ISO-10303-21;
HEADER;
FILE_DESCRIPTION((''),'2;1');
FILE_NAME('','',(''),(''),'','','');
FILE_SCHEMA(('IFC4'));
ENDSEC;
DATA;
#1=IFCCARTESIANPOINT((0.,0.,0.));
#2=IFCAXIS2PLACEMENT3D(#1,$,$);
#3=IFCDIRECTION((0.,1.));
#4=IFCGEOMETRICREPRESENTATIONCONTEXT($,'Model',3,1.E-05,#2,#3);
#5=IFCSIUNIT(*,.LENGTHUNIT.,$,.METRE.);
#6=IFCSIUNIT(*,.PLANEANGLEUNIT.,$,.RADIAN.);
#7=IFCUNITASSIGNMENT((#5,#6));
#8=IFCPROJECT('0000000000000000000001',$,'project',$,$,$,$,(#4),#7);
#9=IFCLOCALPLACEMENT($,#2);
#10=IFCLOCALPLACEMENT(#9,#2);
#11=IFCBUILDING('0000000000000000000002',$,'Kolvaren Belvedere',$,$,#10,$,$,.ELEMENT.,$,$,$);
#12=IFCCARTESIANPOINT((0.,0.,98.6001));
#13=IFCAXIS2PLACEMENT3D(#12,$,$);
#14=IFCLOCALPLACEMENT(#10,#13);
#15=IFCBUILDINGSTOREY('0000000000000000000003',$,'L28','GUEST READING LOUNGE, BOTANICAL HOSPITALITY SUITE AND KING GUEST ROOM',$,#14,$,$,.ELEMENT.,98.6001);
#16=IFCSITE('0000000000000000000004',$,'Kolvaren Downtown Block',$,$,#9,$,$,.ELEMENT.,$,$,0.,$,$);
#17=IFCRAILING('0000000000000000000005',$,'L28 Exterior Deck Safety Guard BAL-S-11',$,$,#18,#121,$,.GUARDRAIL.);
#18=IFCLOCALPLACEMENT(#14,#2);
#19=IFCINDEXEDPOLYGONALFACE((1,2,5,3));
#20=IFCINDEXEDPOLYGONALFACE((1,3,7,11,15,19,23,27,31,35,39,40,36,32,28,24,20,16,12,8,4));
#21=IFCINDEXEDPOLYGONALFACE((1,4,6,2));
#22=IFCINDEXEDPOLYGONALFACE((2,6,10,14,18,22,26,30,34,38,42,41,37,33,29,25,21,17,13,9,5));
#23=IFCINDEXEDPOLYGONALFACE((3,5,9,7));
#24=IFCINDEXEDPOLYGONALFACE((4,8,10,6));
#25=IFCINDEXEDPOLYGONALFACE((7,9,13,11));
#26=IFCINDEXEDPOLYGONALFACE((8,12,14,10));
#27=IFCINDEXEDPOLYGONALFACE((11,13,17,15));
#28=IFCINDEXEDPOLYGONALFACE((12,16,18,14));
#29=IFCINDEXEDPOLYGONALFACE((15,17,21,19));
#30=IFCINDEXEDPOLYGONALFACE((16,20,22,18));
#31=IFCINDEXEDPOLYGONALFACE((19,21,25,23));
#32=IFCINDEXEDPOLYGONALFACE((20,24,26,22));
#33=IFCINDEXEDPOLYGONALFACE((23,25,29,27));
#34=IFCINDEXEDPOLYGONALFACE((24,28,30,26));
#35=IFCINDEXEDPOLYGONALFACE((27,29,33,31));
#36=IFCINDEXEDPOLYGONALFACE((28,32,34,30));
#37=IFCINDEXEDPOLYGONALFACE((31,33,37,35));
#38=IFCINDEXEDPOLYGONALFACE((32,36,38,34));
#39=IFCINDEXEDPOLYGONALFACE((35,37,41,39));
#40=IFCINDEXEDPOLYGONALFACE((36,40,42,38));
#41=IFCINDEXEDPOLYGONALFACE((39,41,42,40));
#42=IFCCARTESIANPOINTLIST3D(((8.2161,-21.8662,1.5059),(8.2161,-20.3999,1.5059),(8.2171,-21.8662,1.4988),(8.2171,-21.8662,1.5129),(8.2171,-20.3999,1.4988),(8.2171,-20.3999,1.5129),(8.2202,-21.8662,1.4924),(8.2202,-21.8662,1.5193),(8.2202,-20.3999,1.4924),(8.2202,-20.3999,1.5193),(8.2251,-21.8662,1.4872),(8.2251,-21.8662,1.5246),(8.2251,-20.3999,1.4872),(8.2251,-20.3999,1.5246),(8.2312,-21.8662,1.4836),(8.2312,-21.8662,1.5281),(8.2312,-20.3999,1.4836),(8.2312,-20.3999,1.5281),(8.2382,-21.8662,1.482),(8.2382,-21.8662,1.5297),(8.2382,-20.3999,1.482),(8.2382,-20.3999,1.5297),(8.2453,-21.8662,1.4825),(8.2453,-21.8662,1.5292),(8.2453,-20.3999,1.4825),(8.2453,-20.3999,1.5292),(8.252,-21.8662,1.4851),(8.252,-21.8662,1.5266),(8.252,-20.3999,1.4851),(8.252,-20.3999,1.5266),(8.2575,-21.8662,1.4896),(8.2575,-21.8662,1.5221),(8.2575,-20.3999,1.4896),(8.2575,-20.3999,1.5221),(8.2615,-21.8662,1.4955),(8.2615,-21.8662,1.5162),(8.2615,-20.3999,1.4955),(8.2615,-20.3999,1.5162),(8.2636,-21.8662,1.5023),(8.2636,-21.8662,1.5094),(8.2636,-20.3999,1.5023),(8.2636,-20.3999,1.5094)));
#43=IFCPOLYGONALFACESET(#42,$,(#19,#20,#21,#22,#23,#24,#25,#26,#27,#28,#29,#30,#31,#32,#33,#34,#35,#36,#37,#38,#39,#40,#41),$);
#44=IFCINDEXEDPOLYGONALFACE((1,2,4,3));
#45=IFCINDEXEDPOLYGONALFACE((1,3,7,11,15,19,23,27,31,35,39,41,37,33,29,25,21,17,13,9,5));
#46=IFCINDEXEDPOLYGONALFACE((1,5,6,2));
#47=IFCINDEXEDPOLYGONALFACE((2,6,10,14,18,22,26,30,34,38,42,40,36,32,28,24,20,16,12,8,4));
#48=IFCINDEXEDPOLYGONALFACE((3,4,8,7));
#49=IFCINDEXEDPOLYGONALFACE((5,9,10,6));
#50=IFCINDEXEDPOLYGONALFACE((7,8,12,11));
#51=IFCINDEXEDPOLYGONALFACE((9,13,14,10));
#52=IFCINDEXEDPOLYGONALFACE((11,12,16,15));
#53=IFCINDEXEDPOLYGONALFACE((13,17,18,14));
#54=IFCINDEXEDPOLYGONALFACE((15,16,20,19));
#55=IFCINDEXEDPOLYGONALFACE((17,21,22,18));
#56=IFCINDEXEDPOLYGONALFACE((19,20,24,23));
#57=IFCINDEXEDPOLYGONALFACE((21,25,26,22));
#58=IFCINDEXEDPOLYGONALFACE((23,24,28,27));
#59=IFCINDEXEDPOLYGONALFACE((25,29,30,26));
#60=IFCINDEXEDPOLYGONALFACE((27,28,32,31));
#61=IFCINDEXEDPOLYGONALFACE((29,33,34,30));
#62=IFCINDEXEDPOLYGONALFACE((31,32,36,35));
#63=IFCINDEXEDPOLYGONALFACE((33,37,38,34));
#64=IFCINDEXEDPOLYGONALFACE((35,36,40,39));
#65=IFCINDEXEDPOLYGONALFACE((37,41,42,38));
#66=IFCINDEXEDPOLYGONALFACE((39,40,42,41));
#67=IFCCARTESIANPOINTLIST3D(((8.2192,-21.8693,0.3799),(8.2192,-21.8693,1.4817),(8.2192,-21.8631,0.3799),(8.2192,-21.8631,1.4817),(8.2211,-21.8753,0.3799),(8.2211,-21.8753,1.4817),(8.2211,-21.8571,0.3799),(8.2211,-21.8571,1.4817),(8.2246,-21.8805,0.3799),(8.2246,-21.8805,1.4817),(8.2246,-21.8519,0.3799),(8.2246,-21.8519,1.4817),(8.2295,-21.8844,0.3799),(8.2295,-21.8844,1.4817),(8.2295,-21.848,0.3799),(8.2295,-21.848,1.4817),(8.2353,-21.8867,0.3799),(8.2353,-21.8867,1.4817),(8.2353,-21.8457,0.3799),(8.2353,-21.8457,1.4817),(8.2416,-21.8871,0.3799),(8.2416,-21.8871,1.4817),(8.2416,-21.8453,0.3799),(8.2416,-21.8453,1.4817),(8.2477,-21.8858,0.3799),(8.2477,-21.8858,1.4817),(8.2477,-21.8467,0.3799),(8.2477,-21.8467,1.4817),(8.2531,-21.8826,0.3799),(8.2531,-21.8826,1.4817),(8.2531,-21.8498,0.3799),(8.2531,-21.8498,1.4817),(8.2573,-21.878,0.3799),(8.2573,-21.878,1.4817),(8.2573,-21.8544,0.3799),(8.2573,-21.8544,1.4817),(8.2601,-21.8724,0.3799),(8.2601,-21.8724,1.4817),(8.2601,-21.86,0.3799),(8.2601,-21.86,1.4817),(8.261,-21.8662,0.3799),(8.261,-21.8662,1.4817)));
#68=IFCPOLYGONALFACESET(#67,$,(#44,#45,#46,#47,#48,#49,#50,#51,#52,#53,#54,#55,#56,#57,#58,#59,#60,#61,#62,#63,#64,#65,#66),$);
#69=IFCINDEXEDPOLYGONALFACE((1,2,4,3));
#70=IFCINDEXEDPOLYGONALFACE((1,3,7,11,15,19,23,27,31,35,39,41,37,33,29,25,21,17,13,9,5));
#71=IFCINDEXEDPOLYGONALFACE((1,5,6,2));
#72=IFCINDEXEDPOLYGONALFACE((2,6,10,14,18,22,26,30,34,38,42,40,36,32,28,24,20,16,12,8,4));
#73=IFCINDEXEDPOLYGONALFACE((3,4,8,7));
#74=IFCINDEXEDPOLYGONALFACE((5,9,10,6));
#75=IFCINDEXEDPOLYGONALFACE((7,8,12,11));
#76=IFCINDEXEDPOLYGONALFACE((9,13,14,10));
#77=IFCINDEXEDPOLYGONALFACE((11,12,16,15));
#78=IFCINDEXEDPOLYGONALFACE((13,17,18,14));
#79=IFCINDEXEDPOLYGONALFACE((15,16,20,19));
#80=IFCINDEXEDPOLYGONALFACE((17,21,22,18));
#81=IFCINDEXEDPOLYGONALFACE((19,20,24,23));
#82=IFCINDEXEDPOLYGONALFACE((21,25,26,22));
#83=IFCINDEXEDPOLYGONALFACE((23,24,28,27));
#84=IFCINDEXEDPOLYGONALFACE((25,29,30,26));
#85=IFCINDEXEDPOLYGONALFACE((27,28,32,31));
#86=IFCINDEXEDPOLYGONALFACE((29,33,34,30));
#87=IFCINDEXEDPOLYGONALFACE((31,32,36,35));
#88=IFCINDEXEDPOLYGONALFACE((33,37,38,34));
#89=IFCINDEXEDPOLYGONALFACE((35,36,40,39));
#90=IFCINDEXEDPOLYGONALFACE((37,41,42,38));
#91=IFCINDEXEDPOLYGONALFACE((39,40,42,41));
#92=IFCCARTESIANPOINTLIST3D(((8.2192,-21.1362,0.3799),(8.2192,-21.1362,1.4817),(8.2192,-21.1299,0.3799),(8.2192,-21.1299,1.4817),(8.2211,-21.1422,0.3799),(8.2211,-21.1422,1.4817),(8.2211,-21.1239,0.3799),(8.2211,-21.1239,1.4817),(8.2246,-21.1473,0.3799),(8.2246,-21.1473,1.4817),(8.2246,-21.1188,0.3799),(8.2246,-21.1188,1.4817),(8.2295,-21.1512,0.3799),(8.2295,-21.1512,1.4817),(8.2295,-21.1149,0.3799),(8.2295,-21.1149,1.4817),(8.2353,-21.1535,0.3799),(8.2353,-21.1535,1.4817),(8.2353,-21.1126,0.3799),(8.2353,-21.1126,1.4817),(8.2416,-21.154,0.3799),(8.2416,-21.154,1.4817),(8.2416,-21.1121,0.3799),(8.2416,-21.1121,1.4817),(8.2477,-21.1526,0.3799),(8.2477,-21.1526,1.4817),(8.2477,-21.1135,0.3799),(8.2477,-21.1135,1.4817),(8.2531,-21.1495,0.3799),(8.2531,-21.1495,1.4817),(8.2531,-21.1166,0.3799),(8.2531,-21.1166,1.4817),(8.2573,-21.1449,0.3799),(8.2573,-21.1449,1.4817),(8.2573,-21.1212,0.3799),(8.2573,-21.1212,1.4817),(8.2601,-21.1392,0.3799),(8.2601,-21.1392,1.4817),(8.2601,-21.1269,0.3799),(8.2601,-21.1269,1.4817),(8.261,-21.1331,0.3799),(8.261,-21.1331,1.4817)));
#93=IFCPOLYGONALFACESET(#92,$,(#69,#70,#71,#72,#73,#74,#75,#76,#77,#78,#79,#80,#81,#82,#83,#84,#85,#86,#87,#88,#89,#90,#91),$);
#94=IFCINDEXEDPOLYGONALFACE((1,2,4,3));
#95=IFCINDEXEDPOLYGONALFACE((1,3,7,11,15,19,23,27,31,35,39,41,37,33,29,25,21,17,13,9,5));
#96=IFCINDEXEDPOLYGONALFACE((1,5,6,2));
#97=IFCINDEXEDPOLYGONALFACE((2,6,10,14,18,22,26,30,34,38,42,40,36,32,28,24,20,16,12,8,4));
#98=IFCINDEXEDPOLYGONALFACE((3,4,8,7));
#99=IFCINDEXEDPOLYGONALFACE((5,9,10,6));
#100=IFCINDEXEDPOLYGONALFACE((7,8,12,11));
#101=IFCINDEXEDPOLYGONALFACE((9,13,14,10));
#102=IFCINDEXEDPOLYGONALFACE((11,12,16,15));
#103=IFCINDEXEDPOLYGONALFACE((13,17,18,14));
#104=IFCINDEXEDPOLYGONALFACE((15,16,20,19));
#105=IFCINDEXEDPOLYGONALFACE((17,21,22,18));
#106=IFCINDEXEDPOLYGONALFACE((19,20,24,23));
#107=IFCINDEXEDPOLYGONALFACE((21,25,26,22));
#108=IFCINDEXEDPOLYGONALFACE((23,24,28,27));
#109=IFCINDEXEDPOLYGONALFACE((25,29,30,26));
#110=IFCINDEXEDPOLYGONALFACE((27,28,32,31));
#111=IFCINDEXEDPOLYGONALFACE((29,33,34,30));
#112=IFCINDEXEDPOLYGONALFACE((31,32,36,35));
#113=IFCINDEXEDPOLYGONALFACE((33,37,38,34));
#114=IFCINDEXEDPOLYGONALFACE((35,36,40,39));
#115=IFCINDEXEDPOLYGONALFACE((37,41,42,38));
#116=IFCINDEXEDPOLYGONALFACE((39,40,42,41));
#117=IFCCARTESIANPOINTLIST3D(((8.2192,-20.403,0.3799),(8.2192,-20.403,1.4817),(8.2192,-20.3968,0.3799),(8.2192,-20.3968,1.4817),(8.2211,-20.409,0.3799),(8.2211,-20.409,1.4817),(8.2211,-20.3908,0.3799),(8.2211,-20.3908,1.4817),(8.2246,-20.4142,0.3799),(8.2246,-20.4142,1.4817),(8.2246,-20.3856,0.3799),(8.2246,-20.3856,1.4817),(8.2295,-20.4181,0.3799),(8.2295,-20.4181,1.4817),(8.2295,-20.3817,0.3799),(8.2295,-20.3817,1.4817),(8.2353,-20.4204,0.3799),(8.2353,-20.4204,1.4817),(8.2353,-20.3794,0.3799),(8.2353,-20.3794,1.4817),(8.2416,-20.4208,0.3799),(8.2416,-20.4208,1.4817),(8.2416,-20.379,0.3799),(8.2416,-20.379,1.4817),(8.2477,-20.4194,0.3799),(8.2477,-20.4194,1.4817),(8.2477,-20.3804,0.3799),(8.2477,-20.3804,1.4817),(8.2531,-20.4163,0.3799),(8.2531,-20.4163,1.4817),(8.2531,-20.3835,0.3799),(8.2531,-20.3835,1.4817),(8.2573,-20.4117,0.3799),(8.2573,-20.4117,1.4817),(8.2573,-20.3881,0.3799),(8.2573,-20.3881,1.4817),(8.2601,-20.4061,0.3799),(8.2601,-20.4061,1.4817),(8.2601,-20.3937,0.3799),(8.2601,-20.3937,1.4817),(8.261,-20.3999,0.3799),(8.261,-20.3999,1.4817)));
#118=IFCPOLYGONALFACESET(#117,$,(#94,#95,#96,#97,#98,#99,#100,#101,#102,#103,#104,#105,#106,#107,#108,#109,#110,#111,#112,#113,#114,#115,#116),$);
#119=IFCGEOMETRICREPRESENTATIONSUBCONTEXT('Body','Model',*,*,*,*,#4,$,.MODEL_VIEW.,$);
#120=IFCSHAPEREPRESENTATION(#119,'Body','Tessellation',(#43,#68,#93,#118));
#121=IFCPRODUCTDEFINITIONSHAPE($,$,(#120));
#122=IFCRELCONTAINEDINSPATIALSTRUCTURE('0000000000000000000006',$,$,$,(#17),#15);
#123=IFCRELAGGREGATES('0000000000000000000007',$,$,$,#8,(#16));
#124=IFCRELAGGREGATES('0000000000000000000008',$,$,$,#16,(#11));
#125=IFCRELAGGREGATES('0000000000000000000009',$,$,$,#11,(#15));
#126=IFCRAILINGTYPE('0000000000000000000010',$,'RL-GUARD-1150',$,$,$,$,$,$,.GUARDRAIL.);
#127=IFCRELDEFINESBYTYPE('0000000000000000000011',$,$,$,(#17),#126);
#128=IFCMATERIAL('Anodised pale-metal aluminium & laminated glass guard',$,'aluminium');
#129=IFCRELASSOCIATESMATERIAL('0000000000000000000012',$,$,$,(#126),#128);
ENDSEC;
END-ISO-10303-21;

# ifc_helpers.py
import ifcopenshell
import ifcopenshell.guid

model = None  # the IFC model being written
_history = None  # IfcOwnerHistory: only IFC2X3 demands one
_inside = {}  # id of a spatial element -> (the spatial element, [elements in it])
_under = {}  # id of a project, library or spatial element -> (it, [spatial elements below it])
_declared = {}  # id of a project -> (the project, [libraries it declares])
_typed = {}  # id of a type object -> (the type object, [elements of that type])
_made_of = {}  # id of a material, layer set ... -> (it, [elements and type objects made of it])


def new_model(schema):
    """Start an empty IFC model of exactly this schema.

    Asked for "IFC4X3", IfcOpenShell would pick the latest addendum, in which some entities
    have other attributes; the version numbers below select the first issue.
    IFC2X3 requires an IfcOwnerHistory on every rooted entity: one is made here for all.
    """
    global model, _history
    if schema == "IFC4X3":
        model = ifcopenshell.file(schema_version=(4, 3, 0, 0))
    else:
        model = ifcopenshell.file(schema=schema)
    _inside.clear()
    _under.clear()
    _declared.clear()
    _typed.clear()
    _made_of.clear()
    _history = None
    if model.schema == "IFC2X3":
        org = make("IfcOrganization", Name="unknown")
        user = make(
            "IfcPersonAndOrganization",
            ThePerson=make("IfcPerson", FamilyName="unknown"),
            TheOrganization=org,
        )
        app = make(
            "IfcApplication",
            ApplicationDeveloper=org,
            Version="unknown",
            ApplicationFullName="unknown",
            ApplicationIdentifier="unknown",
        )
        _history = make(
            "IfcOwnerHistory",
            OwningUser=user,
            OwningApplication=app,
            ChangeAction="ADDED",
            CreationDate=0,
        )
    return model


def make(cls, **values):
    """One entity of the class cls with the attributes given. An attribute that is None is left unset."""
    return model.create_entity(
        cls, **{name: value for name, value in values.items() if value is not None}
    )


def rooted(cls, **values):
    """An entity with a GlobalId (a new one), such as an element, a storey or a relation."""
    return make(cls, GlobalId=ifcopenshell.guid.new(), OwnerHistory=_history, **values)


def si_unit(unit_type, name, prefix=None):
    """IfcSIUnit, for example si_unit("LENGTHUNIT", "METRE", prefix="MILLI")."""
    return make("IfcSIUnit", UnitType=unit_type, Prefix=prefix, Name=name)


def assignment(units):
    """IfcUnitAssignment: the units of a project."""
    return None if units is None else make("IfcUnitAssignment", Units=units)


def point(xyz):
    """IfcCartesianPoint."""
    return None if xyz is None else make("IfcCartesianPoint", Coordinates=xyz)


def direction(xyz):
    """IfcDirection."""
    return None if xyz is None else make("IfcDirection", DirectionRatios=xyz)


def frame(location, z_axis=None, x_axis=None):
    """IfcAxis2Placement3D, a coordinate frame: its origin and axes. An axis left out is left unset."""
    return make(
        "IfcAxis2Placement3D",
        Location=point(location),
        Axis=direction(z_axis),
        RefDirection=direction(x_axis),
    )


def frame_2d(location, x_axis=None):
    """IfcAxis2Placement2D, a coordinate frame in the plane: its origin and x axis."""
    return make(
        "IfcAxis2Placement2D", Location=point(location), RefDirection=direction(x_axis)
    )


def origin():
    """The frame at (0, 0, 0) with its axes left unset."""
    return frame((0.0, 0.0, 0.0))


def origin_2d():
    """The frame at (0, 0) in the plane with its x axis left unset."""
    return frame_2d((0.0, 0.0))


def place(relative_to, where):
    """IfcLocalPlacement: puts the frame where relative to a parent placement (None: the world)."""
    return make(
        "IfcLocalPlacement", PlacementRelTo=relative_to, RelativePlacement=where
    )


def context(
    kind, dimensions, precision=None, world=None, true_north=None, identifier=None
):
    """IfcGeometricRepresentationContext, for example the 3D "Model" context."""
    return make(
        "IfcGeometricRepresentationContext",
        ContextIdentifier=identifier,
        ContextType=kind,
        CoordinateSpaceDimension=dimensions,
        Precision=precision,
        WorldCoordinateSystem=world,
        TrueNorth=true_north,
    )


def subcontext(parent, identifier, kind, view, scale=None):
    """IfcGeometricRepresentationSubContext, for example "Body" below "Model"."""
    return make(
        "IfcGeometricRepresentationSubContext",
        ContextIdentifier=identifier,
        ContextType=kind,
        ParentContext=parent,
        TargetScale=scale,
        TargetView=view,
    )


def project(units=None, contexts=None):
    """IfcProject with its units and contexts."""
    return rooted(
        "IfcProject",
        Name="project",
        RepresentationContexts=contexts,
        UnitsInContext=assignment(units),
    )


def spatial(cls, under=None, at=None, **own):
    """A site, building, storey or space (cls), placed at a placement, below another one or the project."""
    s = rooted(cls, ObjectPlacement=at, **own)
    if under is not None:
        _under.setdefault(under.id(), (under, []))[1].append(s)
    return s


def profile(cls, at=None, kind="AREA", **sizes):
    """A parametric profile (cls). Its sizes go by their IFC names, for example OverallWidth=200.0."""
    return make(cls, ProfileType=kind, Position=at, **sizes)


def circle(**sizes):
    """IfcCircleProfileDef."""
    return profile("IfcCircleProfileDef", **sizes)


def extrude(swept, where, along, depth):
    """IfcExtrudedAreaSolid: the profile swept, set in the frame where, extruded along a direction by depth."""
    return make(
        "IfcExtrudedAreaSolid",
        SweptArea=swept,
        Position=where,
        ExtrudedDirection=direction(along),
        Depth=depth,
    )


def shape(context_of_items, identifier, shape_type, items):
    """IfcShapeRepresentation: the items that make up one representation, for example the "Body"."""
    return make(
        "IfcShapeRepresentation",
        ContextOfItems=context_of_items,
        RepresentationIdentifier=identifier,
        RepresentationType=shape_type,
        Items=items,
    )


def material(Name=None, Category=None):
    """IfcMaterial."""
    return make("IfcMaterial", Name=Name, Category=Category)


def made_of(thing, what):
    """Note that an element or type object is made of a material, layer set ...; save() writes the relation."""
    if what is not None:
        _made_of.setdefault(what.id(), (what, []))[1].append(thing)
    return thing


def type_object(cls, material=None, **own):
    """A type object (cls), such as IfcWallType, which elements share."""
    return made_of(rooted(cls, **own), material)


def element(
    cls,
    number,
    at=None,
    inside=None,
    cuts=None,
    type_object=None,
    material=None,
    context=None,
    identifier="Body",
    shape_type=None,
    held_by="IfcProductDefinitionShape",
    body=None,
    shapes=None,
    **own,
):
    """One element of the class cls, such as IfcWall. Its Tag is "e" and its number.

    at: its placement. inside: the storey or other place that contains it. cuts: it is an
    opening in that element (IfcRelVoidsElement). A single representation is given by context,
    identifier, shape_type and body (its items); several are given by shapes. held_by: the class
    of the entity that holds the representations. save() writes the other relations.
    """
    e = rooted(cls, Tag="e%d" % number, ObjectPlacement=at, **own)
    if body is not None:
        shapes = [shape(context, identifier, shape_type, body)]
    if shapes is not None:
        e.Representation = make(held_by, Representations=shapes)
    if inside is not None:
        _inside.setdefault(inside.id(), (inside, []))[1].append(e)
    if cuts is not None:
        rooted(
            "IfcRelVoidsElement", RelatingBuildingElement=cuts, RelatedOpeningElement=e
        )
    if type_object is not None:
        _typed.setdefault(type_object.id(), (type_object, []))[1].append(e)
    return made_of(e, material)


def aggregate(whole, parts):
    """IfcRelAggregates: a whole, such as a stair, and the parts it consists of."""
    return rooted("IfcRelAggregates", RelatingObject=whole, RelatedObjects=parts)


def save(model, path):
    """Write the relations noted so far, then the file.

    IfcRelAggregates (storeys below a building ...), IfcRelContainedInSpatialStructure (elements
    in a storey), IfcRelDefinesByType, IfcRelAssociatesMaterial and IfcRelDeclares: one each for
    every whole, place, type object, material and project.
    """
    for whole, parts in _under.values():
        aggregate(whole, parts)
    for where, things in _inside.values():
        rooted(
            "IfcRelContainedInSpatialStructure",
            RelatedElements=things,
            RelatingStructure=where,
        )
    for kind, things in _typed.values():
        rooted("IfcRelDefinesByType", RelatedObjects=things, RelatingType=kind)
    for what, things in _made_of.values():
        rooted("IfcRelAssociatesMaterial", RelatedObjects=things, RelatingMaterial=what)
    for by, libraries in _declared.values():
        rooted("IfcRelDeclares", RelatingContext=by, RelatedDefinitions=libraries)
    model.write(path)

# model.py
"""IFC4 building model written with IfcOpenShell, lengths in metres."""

from ifc_helpers import new_model, si_unit, direction, frame, origin, origin_2d, place, context, subcontext, project, spatial, circle, extrude, material, type_object, element, save


model = new_model("IFC4")

# Units and contexts
model_context = context("Model", 3, precision=1e-05, world=origin(), true_north=direction((0.0, 1.0)))
body_context = subcontext(model_context, "Body", "Model", "MODEL_VIEW")
ifc_project = project(units=[si_unit("LENGTHUNIT", "METRE"), si_unit("PLANEANGLEUNIT", "RADIAN")], contexts=[model_context])

# Site, building, storey
site_placement = place(None, origin())
site = spatial("IfcSite", under=ifc_project, at=site_placement, Name="Kolvaren Downtown Block", CompositionType="ELEMENT", RefElevation=0.0)
building_placement = place(site_placement, origin())
building = spatial("IfcBuilding", under=site, at=building_placement, Name="Kolvaren Belvedere", CompositionType="ELEMENT")
storey_placement = place(building_placement, frame((0.0, 0.0, 98.6001)))
storey = spatial("IfcBuildingStorey", under=building, at=storey_placement, Name="L28", Description="GUEST READING LOUNGE, BOTANICAL HOSPITALITY SUITE AND KING GUEST ROOM", CompositionType="ELEMENT", Elevation=98.6001)

# Railing
ifc_material_1 = material(Name="Anodised pale-metal aluminium & laminated glass guard", Category="aluminium")
railing_type = type_object("IfcRailingType", Name="RL-GUARD-1150", PredefinedType="GUARDRAIL", material=ifc_material_1)
railing_1_placement = place(storey_placement, frame((8.24, -21.8662, 0.3799)))
element("IfcRailing", 1, at=railing_1_placement, inside=storey, type_object=railing_type, Name="L28 Exterior Deck Safety Guard BAL-S-11", PredefinedType="GUARDRAIL", context=body_context, shape_type="SweptSolid", body=[
    extrude(circle(Radius=0.0239, at=origin_2d()), frame((0.0, 0.0, 1.126), z_axis=(0.0, 1.0, 0.0), x_axis=(-1.0, 0.0, 0.0)), (0.0, 0.0, 1.0), 1.4663),
    extrude(circle(Radius=0.021, at=origin_2d()), origin(), (0.0, 0.0, 1.0), 1.1018),
    extrude(circle(Radius=0.021, at=origin_2d()), frame((0.0, 0.7332, 0.0)), (0.0, 0.0, 1.0), 1.1018),
    extrude(circle(Radius=0.021, at=origin_2d()), frame((0.0, 1.4663, 0.0)), (0.0, 0.0, 1.0), 1.1018),
])

save(model, "model.ifc")
